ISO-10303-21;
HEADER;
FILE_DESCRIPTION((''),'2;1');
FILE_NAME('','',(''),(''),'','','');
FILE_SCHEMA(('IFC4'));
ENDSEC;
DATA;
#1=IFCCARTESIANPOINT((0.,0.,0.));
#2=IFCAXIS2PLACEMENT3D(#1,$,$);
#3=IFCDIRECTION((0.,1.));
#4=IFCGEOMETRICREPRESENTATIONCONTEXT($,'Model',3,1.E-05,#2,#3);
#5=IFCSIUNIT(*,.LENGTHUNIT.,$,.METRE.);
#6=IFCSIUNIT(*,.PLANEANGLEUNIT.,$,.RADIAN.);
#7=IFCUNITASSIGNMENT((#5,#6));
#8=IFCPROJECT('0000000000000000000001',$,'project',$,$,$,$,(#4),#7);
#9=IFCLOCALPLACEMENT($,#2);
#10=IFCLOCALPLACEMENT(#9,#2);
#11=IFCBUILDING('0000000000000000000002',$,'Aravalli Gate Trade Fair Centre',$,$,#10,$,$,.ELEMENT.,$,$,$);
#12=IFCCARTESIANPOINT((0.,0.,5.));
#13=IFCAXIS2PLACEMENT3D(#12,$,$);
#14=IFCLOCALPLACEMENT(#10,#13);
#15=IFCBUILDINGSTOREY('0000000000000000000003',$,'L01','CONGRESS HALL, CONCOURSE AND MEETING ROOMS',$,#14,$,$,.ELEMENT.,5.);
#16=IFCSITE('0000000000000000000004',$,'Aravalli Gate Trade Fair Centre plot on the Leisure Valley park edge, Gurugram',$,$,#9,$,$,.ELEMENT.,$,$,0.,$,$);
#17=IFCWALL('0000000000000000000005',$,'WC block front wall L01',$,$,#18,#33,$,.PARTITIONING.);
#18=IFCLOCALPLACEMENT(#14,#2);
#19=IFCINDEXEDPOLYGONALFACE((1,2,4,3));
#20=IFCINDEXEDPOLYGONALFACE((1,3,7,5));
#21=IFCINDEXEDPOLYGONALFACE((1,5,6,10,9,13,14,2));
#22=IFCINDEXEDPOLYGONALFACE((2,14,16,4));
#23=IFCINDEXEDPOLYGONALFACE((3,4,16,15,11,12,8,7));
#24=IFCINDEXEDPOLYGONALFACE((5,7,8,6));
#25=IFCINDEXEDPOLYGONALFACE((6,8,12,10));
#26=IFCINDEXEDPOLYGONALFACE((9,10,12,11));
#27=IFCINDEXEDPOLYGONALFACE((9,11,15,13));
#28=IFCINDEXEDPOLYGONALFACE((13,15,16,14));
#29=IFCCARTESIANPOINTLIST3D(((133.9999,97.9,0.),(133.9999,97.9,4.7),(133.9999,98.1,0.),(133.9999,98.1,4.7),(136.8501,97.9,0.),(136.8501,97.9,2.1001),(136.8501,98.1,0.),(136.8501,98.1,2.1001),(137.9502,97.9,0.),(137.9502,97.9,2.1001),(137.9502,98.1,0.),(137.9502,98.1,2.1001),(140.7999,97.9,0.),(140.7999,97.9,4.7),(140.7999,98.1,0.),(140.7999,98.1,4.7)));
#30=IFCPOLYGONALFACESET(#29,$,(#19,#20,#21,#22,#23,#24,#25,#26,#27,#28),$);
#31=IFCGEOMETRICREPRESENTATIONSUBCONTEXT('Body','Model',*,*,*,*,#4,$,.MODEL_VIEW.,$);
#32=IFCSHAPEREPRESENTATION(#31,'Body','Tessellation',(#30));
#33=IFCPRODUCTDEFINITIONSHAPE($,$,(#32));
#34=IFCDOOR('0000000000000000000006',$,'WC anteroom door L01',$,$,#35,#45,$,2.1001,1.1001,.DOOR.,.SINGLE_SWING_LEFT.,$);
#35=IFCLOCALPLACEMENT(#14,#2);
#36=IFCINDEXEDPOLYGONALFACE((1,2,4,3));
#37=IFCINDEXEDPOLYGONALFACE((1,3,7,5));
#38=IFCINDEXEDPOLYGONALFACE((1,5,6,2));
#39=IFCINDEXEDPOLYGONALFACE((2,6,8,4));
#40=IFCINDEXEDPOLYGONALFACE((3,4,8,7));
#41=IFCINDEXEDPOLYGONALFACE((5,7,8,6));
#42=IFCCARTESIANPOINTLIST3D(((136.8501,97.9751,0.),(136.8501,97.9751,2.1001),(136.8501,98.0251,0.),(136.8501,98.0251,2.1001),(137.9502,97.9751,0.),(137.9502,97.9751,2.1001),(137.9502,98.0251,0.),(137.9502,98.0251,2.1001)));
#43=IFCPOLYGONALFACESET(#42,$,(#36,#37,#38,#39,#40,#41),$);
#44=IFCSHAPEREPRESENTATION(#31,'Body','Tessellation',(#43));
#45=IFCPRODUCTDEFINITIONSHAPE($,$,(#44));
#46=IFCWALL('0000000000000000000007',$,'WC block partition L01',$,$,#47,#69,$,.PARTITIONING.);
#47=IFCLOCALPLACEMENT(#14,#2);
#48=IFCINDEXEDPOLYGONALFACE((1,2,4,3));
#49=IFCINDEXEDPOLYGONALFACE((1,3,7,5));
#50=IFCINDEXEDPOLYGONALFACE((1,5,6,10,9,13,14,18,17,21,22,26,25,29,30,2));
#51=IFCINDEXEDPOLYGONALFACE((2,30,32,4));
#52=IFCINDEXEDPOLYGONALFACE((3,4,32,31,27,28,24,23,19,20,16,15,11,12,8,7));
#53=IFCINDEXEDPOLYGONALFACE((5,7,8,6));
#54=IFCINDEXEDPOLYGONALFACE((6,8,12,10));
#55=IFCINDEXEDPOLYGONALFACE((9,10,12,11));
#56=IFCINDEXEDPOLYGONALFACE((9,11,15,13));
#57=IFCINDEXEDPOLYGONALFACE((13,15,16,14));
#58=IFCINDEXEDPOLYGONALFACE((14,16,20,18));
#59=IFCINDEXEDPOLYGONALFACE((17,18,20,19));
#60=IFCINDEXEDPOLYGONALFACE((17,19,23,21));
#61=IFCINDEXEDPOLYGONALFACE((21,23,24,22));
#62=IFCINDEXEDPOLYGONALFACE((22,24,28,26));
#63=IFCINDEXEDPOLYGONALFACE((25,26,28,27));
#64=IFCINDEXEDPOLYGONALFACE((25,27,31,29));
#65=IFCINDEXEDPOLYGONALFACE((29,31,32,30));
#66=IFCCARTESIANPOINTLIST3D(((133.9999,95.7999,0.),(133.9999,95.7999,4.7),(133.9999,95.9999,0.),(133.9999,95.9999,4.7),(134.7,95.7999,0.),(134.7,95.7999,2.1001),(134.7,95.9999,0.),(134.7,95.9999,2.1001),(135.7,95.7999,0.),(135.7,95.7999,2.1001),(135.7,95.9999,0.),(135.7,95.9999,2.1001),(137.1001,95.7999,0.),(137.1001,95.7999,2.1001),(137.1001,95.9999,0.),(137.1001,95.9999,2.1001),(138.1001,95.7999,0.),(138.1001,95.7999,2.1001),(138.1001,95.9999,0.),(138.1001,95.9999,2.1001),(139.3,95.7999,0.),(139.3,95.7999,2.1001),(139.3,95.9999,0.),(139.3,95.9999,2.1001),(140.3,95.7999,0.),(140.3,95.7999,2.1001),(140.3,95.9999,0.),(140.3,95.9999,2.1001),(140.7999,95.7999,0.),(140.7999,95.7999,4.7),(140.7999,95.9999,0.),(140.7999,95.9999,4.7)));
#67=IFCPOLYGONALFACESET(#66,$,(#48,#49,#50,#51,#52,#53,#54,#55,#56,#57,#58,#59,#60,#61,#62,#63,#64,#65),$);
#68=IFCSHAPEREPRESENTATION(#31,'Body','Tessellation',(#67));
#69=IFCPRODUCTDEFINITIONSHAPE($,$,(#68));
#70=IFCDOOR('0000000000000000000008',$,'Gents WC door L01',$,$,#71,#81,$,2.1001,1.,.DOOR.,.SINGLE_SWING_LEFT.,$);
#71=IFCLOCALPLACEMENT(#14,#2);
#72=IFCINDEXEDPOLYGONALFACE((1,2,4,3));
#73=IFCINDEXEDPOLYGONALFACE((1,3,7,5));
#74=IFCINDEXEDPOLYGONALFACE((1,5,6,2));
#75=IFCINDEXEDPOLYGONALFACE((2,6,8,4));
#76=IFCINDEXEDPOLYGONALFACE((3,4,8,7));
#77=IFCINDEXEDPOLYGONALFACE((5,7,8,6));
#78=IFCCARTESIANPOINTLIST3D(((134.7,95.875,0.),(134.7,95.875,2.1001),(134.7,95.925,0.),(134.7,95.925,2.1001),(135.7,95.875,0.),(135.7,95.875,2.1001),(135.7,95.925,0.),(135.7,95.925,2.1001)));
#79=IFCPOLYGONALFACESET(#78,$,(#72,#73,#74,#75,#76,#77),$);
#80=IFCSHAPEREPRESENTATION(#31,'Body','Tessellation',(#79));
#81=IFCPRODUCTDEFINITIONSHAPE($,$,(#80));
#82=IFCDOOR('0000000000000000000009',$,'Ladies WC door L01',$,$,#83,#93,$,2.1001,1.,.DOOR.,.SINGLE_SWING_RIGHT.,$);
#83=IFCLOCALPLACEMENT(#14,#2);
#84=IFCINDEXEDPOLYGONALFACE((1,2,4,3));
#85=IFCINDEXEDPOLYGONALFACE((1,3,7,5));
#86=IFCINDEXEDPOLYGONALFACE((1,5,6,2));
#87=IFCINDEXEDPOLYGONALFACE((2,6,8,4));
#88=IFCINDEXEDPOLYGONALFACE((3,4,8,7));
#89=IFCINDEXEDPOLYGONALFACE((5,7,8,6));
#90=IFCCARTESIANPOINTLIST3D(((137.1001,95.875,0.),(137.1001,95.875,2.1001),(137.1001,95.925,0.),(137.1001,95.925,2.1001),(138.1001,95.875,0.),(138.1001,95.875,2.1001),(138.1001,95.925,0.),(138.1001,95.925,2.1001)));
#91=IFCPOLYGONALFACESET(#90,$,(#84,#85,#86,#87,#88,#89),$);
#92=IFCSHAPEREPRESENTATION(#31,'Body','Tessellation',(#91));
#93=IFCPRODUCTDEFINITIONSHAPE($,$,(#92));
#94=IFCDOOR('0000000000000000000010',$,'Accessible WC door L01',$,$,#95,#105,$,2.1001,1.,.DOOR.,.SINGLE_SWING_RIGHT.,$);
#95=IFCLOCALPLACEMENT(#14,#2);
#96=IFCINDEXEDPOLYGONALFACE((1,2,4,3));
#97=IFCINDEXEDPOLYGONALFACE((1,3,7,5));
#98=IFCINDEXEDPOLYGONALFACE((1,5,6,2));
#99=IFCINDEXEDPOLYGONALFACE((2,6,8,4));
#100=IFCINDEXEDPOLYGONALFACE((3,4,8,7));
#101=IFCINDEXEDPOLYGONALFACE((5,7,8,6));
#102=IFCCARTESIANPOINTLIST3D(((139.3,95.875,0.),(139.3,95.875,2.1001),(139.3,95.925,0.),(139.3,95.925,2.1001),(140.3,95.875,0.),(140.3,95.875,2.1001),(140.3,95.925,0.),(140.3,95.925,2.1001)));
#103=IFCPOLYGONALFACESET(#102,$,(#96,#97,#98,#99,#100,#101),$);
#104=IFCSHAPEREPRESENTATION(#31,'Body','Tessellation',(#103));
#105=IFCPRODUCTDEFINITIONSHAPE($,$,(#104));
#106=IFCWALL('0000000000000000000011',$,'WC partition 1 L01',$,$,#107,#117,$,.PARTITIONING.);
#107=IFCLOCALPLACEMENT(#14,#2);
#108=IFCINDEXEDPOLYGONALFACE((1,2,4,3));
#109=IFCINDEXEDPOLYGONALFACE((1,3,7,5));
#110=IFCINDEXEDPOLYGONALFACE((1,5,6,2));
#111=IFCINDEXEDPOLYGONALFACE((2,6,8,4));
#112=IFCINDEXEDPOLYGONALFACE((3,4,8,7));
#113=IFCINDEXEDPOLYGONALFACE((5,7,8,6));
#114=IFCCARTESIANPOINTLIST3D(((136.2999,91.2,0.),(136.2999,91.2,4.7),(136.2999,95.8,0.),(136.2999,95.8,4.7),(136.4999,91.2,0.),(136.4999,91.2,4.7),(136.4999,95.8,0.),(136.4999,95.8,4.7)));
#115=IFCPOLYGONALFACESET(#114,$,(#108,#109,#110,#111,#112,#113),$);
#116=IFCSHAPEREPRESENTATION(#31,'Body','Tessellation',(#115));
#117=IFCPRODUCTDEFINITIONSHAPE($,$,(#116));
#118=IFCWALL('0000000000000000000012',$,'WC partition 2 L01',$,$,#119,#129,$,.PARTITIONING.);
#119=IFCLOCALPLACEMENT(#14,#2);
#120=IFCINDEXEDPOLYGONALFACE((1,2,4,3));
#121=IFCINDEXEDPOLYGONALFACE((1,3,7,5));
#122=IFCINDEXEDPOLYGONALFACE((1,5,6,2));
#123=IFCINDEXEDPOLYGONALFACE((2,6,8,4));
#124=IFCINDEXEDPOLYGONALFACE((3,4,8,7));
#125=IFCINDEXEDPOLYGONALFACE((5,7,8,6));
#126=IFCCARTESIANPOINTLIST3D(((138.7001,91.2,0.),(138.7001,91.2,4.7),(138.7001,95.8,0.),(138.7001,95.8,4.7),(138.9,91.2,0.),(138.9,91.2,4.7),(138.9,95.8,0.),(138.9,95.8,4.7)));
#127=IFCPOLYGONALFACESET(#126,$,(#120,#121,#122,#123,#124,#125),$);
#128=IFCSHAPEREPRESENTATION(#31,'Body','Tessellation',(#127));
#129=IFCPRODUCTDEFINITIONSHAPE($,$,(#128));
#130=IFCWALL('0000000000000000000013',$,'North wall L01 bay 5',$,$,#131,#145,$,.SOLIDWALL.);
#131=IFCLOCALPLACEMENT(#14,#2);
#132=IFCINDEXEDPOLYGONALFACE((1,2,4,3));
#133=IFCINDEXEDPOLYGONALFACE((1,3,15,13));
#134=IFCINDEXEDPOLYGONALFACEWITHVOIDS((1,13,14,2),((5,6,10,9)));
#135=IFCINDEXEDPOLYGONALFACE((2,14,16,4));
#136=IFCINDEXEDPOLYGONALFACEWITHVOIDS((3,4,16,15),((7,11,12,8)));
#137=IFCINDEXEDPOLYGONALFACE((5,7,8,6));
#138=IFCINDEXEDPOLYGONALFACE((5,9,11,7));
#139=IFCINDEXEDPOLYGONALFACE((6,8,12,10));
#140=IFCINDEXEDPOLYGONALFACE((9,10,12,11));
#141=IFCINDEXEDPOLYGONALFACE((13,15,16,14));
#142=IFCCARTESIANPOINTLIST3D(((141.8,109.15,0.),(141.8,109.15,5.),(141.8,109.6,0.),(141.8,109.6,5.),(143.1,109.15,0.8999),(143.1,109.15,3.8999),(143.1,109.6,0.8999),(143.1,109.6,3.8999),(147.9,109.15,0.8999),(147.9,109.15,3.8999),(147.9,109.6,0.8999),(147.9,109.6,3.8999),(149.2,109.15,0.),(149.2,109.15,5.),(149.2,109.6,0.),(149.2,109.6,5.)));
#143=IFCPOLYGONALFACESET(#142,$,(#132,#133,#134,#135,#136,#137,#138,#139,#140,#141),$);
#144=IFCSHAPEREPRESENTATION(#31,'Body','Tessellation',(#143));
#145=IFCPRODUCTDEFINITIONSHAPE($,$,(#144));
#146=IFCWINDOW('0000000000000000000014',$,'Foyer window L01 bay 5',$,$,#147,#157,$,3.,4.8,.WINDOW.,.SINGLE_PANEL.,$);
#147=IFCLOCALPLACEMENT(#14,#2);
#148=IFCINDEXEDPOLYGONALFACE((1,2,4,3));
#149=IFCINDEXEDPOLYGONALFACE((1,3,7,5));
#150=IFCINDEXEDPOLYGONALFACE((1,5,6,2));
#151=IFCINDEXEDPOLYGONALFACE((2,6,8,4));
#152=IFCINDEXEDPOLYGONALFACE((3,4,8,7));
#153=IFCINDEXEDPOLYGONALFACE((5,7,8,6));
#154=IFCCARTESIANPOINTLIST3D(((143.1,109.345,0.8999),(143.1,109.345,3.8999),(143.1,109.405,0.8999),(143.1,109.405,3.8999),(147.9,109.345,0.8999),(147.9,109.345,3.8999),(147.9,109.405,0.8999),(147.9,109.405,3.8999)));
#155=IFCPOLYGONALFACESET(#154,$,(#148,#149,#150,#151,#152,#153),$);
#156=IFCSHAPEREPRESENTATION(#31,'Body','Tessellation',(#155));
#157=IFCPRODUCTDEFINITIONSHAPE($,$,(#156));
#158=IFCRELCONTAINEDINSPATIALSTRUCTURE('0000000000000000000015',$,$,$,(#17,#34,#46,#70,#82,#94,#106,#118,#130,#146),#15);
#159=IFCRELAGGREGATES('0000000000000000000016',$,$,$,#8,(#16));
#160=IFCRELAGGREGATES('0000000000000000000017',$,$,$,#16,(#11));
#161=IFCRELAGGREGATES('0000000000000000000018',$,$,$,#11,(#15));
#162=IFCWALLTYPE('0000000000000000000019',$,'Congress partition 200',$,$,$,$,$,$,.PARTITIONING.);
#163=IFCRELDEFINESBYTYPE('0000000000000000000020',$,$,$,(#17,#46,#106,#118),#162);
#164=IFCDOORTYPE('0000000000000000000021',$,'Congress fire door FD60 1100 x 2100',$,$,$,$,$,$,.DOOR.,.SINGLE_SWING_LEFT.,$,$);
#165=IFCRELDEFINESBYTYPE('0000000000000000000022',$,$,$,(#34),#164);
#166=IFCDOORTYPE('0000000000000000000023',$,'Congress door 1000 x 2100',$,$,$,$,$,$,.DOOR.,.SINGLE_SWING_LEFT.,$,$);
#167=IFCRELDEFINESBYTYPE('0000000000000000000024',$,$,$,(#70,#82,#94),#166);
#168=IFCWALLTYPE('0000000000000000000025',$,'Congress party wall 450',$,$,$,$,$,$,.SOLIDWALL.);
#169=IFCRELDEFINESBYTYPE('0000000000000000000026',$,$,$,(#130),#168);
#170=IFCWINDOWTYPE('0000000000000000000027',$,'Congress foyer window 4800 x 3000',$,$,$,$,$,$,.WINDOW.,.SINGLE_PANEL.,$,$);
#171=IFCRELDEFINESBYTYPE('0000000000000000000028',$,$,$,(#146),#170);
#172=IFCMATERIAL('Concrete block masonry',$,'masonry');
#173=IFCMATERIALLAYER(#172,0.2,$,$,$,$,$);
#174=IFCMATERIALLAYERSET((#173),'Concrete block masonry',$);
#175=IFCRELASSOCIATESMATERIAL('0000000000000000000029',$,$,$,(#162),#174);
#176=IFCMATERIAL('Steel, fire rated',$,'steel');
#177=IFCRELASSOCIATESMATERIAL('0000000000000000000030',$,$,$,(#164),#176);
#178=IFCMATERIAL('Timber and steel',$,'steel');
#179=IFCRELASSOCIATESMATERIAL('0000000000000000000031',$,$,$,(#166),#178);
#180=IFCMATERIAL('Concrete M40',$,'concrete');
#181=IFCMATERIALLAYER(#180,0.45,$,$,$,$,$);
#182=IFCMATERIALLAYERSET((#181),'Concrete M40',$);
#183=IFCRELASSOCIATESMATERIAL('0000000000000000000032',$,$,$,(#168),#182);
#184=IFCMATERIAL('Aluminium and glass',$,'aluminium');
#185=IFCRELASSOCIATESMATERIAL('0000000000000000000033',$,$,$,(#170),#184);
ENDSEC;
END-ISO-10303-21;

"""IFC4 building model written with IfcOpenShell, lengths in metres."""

from ifc_helpers import new_model, si_unit, direction, frame, frame_2d, origin, place, context, subcontext, project, spatial, rectangle, extrude, material, layer, layer_set, type_object, element, fill, save


model = new_model("IFC4")

# Units and contexts
model_context = context("Model", 3, precision=1e-05, world=origin(), true_north=direction((0.0, 1.0)))
body_context = subcontext(model_context, "Body", "Model", "MODEL_VIEW")
ifc_project = project(units=[si_unit("LENGTHUNIT", "METRE"), si_unit("PLANEANGLEUNIT", "RADIAN")], contexts=[model_context])

# Site, building, storey
site_placement = place(None, origin())
site = spatial("IfcSite", under=ifc_project, at=site_placement, Name="Aravalli Gate Trade Fair Centre plot on the Leisure Valley park edge, Gurugram", CompositionType="ELEMENT", RefElevation=0.0)
building_placement = place(site_placement, origin())
building = spatial("IfcBuilding", under=site, at=building_placement, Name="Aravalli Gate Trade Fair Centre", CompositionType="ELEMENT")
storey_placement = place(building_placement, frame((0.0, 0.0, 5.0)))
storey = spatial("IfcBuildingStorey", under=building, at=storey_placement, Name="L01", Description="CONGRESS HALL, CONCOURSE AND MEETING ROOMS", CompositionType="ELEMENT", Elevation=5.0)

# Shared definitions
ifc_material_1 = material(Name="Concrete M40", Category="concrete")

# Shared definitions
ifc_material_2 = material(Name="Steel, fire rated", Category="steel")

# Shared definitions
ifc_material_3 = material(Name="Concrete block masonry", Category="masonry")
ifc_layer_1 = layer(ifc_material_3, 0.2)
ifc_layer_set_1 = layer_set([ifc_layer_1], Name="Concrete block masonry")
wall_type_1 = type_object("IfcWallType", Name="Congress partition 200", PredefinedType="PARTITIONING", material=ifc_layer_set_1)

# Wall, opening, door
wall_1_placement = place(storey_placement, frame((134.0, 98.0, 0.0), z_axis=(0.0, 0.0, 1.0), x_axis=(1.0, 0.0, 0.0)))
wall_1 = element("IfcWall", 1, at=wall_1_placement, inside=storey, type_object=wall_type_1, Name="WC block front wall L01", PredefinedType="PARTITIONING", context=body_context, shape_type="SweptSolid", body=[
    extrude(rectangle(XDim=6.8, YDim=0.2, at=frame_2d((3.3999, 0.0))), origin(), (0.0, 0.0, 1.0), 4.7),
])
opening_1_placement = place(wall_1_placement, frame((2.8501, 0.0, 0.0)))
opening_1 = element("IfcOpeningElement", 2, at=opening_1_placement, cuts=wall_1, PredefinedType="OPENING", context=body_context, shape_type="SweptSolid", body=[
    extrude(rectangle(XDim=1.1001, YDim=2.1001, at=frame_2d((0.55, 1.05))), frame((0.0, 0.1099, 0.0), z_axis=(0.0, -1.0, 0.0), x_axis=(1.0, 0.0, 0.0)), (0.0, 0.0, 1.0), 0.22),
])
door_type_1 = type_object("IfcDoorType", Name="Congress fire door FD60 1100 x 2100", OperationType="SINGLE_SWING_LEFT", PredefinedType="DOOR", material=ifc_material_2)
door_1_placement = place(opening_1_placement, frame((1.1001, 0.0, 0.0), z_axis=(0.0, 0.0, 1.0), x_axis=(-1.0, 0.0, 0.0)))
door_1 = element("IfcDoor", 3, at=door_1_placement, inside=storey, type_object=door_type_1, Name="WC anteroom door L01", OperationType="SINGLE_SWING_LEFT", OverallHeight=2.1001, OverallWidth=1.1001, PredefinedType="DOOR", context=body_context, shape_type="SweptSolid", body=[
    extrude(rectangle(XDim=1.1001, YDim=2.1001, at=frame_2d((0.55, 1.05))), frame((0.0, 0.0249, 0.0), z_axis=(0.0, -1.0, 0.0), x_axis=(1.0, 0.0, 0.0)), (0.0, 0.0, 1.0), 0.05),
])
fill(opening_1, door_1)

# Wall, openings, doors
wall_2_placement = place(storey_placement, frame((134.0, 95.8999, 0.0), z_axis=(0.0, 0.0, 1.0), x_axis=(1.0, 0.0, 0.0)))
wall_2 = element("IfcWall", 4, at=wall_2_placement, inside=storey, type_object=wall_type_1, Name="WC block partition L01", PredefinedType="PARTITIONING", context=body_context, shape_type="SweptSolid", body=[
    extrude(rectangle(XDim=6.8, YDim=0.2, at=frame_2d((3.3999, 0.0))), origin(), (0.0, 0.0, 1.0), 4.7),
])
opening_2_placement = place(wall_2_placement, frame((0.7, 0.0, 0.0)))
opening_2 = element("IfcOpeningElement", 5, at=opening_2_placement, cuts=wall_2, PredefinedType="OPENING", context=body_context, shape_type="SweptSolid", body=[
    extrude(rectangle(XDim=1.0, YDim=2.1001, at=frame_2d((0.5, 1.05))), frame((0.0, 0.1099, 0.0), z_axis=(0.0, -1.0, 0.0), x_axis=(1.0, 0.0, 0.0)), (0.0, 0.0, 1.0), 0.22),
])
opening_3_placement = place(wall_2_placement, frame((3.1001, 0.0, 0.0)))
opening_3 = element("IfcOpeningElement", 6, at=opening_3_placement, cuts=wall_2, PredefinedType="OPENING", context=body_context, shape_type="SweptSolid", body=[
    extrude(rectangle(XDim=1.0, YDim=2.1001, at=frame_2d((0.5, 1.05))), frame((0.0, 0.1099, 0.0), z_axis=(0.0, -1.0, 0.0), x_axis=(1.0, 0.0, 0.0)), (0.0, 0.0, 1.0), 0.22),
])
opening_4_placement = place(wall_2_placement, frame((5.3, 0.0, 0.0)))
opening_4 = element("IfcOpeningElement", 7, at=opening_4_placement, cuts=wall_2, PredefinedType="OPENING", context=body_context, shape_type="SweptSolid", body=[
    extrude(rectangle(XDim=1.0, YDim=2.1001, at=frame_2d((0.5, 1.05))), frame((0.0, 0.1099, 0.0), z_axis=(0.0, -1.0, 0.0), x_axis=(1.0, 0.0, 0.0)), (0.0, 0.0, 1.0), 0.22),
])
ifc_material_4 = material(Name="Timber and steel", Category="steel")
door_type_2 = type_object("IfcDoorType", Name="Congress door 1000 x 2100", OperationType="SINGLE_SWING_LEFT", PredefinedType="DOOR", material=ifc_material_4)
door_2_placement = place(opening_2_placement, frame((1.0, 0.0, 0.0), z_axis=(0.0, 0.0, 1.0), x_axis=(-1.0, 0.0, 0.0)))
door_2 = element("IfcDoor", 8, at=door_2_placement, inside=storey, type_object=door_type_2, Name="Gents WC door L01", OperationType="SINGLE_SWING_LEFT", OverallHeight=2.1001, OverallWidth=1.0, PredefinedType="DOOR", context=body_context, shape_type="SweptSolid", body=[
    extrude(rectangle(XDim=1.0, YDim=2.1001, at=frame_2d((0.5, 1.05))), frame((0.0, 0.0249, 0.0), z_axis=(0.0, -1.0, 0.0), x_axis=(1.0, 0.0, 0.0)), (0.0, 0.0, 1.0), 0.05),
])
fill(opening_2, door_2)
door_3_placement = place(opening_3_placement, frame((1.0, 0.0, 0.0), z_axis=(0.0, 0.0, 1.0), x_axis=(-1.0, 0.0, 0.0)))
door_3 = element("IfcDoor", 9, at=door_3_placement, inside=storey, type_object=door_type_2, Name="Ladies WC door L01", OperationType="SINGLE_SWING_RIGHT", OverallHeight=2.1001, OverallWidth=1.0, PredefinedType="DOOR", context=body_context, shape_type="SweptSolid", body=[
    extrude(rectangle(XDim=1.0, YDim=2.1001, at=frame_2d((0.5, 1.05))), frame((0.0, 0.0249, 0.0), z_axis=(0.0, -1.0, 0.0), x_axis=(1.0, 0.0, 0.0)), (0.0, 0.0, 1.0), 0.05),
])
fill(opening_3, door_3)
door_4_placement = place(opening_4_placement, frame((1.0, 0.0, 0.0), z_axis=(0.0, 0.0, 1.0), x_axis=(-1.0, 0.0, 0.0)))
door_4 = element("IfcDoor", 10, at=door_4_placement, inside=storey, type_object=door_type_2, Name="Accessible WC door L01", OperationType="SINGLE_SWING_RIGHT", OverallHeight=2.1001, OverallWidth=1.0, PredefinedType="DOOR", context=body_context, shape_type="SweptSolid", body=[
    extrude(rectangle(XDim=1.0, YDim=2.1001, at=frame_2d((0.5, 1.05))), frame((0.0, 0.0249, 0.0), z_axis=(0.0, -1.0, 0.0), x_axis=(1.0, 0.0, 0.0)), (0.0, 0.0, 1.0), 0.05),
])
fill(opening_4, door_4)

# Walls
for number, where, z_axis, x_axis, name in (
    (11, (136.3999, 91.2, 0.0), (0.0, 0.0, 1.0), (0.0, 1.0, 0.0), "WC partition 1 L01"),
    (12, (138.8, 91.2, 0.0), (0.0, 0.0, 1.0), (0.0, 1.0, 0.0), "WC partition 2 L01"),
):
    element("IfcWall", number, at=place(storey_placement, frame(where, z_axis=z_axis, x_axis=x_axis)), inside=storey, type_object=wall_type_1, Name=name, PredefinedType="PARTITIONING", context=body_context, shape_type="SweptSolid", body=[
        extrude(rectangle(XDim=4.6001, YDim=0.2, at=frame_2d((2.3, 0.0))), origin(), (0.0, 0.0, 1.0), 4.7),
    ])

# Shared definitions
ifc_layer_2 = layer(ifc_material_1, 0.45)
ifc_layer_set_2 = layer_set([ifc_layer_2], Name="Concrete M40")
wall_type_2 = type_object("IfcWallType", Name="Congress party wall 450", PredefinedType="SOLIDWALL", material=ifc_layer_set_2)
ifc_material_5 = material(Name="Aluminium and glass", Category="aluminium")

# Wall, opening, window
wall_3_placement = place(storey_placement, frame((141.8, 109.375, 0.0), z_axis=(0.0, 0.0, 1.0), x_axis=(1.0, 0.0, 0.0)))
wall_3 = element("IfcWall", 13, at=wall_3_placement, inside=storey, type_object=wall_type_2, Name="North wall L01 bay 5", PredefinedType="SOLIDWALL", context=body_context, shape_type="SweptSolid", body=[
    extrude(rectangle(XDim=7.3999, YDim=0.45, at=frame_2d((3.7, 0.0))), origin(), (0.0, 0.0, 1.0), 5.0),
])
opening_5_placement = place(wall_3_placement, frame((1.3, 0.0, 0.8999)))
opening_5 = element("IfcOpeningElement", 14, at=opening_5_placement, cuts=wall_3, PredefinedType="OPENING", context=body_context, shape_type="SweptSolid", body=[
    extrude(rectangle(XDim=4.8, YDim=3.0, at=frame_2d((2.3999, 1.5))), frame((0.0, 0.2349, 0.0), z_axis=(0.0, -1.0, 0.0), x_axis=(1.0, 0.0, 0.0)), (0.0, 0.0, 1.0), 0.47),
])
window_type = type_object("IfcWindowType", Name="Congress foyer window 4800 x 3000", PartitioningType="SINGLE_PANEL", PredefinedType="WINDOW", material=ifc_material_5)
window_placement = place(opening_5_placement, origin())
window = element("IfcWindow", 15, at=window_placement, inside=storey, type_object=window_type, Name="Foyer window L01 bay 5", OverallHeight=3.0, OverallWidth=4.8, PartitioningType="SINGLE_PANEL", PredefinedType="WINDOW", context=body_context, shape_type="SweptSolid", body=[
    extrude(rectangle(XDim=4.8, YDim=3.0, at=frame_2d((2.3999, 1.5))), frame((0.0, 0.03, 0.0), z_axis=(0.0, -1.0, 0.0), x_axis=(1.0, 0.0, 0.0)), (0.0, 0.0, 1.0), 0.0601),
])
fill(opening_5, window)

save(model, "model.ifc")
